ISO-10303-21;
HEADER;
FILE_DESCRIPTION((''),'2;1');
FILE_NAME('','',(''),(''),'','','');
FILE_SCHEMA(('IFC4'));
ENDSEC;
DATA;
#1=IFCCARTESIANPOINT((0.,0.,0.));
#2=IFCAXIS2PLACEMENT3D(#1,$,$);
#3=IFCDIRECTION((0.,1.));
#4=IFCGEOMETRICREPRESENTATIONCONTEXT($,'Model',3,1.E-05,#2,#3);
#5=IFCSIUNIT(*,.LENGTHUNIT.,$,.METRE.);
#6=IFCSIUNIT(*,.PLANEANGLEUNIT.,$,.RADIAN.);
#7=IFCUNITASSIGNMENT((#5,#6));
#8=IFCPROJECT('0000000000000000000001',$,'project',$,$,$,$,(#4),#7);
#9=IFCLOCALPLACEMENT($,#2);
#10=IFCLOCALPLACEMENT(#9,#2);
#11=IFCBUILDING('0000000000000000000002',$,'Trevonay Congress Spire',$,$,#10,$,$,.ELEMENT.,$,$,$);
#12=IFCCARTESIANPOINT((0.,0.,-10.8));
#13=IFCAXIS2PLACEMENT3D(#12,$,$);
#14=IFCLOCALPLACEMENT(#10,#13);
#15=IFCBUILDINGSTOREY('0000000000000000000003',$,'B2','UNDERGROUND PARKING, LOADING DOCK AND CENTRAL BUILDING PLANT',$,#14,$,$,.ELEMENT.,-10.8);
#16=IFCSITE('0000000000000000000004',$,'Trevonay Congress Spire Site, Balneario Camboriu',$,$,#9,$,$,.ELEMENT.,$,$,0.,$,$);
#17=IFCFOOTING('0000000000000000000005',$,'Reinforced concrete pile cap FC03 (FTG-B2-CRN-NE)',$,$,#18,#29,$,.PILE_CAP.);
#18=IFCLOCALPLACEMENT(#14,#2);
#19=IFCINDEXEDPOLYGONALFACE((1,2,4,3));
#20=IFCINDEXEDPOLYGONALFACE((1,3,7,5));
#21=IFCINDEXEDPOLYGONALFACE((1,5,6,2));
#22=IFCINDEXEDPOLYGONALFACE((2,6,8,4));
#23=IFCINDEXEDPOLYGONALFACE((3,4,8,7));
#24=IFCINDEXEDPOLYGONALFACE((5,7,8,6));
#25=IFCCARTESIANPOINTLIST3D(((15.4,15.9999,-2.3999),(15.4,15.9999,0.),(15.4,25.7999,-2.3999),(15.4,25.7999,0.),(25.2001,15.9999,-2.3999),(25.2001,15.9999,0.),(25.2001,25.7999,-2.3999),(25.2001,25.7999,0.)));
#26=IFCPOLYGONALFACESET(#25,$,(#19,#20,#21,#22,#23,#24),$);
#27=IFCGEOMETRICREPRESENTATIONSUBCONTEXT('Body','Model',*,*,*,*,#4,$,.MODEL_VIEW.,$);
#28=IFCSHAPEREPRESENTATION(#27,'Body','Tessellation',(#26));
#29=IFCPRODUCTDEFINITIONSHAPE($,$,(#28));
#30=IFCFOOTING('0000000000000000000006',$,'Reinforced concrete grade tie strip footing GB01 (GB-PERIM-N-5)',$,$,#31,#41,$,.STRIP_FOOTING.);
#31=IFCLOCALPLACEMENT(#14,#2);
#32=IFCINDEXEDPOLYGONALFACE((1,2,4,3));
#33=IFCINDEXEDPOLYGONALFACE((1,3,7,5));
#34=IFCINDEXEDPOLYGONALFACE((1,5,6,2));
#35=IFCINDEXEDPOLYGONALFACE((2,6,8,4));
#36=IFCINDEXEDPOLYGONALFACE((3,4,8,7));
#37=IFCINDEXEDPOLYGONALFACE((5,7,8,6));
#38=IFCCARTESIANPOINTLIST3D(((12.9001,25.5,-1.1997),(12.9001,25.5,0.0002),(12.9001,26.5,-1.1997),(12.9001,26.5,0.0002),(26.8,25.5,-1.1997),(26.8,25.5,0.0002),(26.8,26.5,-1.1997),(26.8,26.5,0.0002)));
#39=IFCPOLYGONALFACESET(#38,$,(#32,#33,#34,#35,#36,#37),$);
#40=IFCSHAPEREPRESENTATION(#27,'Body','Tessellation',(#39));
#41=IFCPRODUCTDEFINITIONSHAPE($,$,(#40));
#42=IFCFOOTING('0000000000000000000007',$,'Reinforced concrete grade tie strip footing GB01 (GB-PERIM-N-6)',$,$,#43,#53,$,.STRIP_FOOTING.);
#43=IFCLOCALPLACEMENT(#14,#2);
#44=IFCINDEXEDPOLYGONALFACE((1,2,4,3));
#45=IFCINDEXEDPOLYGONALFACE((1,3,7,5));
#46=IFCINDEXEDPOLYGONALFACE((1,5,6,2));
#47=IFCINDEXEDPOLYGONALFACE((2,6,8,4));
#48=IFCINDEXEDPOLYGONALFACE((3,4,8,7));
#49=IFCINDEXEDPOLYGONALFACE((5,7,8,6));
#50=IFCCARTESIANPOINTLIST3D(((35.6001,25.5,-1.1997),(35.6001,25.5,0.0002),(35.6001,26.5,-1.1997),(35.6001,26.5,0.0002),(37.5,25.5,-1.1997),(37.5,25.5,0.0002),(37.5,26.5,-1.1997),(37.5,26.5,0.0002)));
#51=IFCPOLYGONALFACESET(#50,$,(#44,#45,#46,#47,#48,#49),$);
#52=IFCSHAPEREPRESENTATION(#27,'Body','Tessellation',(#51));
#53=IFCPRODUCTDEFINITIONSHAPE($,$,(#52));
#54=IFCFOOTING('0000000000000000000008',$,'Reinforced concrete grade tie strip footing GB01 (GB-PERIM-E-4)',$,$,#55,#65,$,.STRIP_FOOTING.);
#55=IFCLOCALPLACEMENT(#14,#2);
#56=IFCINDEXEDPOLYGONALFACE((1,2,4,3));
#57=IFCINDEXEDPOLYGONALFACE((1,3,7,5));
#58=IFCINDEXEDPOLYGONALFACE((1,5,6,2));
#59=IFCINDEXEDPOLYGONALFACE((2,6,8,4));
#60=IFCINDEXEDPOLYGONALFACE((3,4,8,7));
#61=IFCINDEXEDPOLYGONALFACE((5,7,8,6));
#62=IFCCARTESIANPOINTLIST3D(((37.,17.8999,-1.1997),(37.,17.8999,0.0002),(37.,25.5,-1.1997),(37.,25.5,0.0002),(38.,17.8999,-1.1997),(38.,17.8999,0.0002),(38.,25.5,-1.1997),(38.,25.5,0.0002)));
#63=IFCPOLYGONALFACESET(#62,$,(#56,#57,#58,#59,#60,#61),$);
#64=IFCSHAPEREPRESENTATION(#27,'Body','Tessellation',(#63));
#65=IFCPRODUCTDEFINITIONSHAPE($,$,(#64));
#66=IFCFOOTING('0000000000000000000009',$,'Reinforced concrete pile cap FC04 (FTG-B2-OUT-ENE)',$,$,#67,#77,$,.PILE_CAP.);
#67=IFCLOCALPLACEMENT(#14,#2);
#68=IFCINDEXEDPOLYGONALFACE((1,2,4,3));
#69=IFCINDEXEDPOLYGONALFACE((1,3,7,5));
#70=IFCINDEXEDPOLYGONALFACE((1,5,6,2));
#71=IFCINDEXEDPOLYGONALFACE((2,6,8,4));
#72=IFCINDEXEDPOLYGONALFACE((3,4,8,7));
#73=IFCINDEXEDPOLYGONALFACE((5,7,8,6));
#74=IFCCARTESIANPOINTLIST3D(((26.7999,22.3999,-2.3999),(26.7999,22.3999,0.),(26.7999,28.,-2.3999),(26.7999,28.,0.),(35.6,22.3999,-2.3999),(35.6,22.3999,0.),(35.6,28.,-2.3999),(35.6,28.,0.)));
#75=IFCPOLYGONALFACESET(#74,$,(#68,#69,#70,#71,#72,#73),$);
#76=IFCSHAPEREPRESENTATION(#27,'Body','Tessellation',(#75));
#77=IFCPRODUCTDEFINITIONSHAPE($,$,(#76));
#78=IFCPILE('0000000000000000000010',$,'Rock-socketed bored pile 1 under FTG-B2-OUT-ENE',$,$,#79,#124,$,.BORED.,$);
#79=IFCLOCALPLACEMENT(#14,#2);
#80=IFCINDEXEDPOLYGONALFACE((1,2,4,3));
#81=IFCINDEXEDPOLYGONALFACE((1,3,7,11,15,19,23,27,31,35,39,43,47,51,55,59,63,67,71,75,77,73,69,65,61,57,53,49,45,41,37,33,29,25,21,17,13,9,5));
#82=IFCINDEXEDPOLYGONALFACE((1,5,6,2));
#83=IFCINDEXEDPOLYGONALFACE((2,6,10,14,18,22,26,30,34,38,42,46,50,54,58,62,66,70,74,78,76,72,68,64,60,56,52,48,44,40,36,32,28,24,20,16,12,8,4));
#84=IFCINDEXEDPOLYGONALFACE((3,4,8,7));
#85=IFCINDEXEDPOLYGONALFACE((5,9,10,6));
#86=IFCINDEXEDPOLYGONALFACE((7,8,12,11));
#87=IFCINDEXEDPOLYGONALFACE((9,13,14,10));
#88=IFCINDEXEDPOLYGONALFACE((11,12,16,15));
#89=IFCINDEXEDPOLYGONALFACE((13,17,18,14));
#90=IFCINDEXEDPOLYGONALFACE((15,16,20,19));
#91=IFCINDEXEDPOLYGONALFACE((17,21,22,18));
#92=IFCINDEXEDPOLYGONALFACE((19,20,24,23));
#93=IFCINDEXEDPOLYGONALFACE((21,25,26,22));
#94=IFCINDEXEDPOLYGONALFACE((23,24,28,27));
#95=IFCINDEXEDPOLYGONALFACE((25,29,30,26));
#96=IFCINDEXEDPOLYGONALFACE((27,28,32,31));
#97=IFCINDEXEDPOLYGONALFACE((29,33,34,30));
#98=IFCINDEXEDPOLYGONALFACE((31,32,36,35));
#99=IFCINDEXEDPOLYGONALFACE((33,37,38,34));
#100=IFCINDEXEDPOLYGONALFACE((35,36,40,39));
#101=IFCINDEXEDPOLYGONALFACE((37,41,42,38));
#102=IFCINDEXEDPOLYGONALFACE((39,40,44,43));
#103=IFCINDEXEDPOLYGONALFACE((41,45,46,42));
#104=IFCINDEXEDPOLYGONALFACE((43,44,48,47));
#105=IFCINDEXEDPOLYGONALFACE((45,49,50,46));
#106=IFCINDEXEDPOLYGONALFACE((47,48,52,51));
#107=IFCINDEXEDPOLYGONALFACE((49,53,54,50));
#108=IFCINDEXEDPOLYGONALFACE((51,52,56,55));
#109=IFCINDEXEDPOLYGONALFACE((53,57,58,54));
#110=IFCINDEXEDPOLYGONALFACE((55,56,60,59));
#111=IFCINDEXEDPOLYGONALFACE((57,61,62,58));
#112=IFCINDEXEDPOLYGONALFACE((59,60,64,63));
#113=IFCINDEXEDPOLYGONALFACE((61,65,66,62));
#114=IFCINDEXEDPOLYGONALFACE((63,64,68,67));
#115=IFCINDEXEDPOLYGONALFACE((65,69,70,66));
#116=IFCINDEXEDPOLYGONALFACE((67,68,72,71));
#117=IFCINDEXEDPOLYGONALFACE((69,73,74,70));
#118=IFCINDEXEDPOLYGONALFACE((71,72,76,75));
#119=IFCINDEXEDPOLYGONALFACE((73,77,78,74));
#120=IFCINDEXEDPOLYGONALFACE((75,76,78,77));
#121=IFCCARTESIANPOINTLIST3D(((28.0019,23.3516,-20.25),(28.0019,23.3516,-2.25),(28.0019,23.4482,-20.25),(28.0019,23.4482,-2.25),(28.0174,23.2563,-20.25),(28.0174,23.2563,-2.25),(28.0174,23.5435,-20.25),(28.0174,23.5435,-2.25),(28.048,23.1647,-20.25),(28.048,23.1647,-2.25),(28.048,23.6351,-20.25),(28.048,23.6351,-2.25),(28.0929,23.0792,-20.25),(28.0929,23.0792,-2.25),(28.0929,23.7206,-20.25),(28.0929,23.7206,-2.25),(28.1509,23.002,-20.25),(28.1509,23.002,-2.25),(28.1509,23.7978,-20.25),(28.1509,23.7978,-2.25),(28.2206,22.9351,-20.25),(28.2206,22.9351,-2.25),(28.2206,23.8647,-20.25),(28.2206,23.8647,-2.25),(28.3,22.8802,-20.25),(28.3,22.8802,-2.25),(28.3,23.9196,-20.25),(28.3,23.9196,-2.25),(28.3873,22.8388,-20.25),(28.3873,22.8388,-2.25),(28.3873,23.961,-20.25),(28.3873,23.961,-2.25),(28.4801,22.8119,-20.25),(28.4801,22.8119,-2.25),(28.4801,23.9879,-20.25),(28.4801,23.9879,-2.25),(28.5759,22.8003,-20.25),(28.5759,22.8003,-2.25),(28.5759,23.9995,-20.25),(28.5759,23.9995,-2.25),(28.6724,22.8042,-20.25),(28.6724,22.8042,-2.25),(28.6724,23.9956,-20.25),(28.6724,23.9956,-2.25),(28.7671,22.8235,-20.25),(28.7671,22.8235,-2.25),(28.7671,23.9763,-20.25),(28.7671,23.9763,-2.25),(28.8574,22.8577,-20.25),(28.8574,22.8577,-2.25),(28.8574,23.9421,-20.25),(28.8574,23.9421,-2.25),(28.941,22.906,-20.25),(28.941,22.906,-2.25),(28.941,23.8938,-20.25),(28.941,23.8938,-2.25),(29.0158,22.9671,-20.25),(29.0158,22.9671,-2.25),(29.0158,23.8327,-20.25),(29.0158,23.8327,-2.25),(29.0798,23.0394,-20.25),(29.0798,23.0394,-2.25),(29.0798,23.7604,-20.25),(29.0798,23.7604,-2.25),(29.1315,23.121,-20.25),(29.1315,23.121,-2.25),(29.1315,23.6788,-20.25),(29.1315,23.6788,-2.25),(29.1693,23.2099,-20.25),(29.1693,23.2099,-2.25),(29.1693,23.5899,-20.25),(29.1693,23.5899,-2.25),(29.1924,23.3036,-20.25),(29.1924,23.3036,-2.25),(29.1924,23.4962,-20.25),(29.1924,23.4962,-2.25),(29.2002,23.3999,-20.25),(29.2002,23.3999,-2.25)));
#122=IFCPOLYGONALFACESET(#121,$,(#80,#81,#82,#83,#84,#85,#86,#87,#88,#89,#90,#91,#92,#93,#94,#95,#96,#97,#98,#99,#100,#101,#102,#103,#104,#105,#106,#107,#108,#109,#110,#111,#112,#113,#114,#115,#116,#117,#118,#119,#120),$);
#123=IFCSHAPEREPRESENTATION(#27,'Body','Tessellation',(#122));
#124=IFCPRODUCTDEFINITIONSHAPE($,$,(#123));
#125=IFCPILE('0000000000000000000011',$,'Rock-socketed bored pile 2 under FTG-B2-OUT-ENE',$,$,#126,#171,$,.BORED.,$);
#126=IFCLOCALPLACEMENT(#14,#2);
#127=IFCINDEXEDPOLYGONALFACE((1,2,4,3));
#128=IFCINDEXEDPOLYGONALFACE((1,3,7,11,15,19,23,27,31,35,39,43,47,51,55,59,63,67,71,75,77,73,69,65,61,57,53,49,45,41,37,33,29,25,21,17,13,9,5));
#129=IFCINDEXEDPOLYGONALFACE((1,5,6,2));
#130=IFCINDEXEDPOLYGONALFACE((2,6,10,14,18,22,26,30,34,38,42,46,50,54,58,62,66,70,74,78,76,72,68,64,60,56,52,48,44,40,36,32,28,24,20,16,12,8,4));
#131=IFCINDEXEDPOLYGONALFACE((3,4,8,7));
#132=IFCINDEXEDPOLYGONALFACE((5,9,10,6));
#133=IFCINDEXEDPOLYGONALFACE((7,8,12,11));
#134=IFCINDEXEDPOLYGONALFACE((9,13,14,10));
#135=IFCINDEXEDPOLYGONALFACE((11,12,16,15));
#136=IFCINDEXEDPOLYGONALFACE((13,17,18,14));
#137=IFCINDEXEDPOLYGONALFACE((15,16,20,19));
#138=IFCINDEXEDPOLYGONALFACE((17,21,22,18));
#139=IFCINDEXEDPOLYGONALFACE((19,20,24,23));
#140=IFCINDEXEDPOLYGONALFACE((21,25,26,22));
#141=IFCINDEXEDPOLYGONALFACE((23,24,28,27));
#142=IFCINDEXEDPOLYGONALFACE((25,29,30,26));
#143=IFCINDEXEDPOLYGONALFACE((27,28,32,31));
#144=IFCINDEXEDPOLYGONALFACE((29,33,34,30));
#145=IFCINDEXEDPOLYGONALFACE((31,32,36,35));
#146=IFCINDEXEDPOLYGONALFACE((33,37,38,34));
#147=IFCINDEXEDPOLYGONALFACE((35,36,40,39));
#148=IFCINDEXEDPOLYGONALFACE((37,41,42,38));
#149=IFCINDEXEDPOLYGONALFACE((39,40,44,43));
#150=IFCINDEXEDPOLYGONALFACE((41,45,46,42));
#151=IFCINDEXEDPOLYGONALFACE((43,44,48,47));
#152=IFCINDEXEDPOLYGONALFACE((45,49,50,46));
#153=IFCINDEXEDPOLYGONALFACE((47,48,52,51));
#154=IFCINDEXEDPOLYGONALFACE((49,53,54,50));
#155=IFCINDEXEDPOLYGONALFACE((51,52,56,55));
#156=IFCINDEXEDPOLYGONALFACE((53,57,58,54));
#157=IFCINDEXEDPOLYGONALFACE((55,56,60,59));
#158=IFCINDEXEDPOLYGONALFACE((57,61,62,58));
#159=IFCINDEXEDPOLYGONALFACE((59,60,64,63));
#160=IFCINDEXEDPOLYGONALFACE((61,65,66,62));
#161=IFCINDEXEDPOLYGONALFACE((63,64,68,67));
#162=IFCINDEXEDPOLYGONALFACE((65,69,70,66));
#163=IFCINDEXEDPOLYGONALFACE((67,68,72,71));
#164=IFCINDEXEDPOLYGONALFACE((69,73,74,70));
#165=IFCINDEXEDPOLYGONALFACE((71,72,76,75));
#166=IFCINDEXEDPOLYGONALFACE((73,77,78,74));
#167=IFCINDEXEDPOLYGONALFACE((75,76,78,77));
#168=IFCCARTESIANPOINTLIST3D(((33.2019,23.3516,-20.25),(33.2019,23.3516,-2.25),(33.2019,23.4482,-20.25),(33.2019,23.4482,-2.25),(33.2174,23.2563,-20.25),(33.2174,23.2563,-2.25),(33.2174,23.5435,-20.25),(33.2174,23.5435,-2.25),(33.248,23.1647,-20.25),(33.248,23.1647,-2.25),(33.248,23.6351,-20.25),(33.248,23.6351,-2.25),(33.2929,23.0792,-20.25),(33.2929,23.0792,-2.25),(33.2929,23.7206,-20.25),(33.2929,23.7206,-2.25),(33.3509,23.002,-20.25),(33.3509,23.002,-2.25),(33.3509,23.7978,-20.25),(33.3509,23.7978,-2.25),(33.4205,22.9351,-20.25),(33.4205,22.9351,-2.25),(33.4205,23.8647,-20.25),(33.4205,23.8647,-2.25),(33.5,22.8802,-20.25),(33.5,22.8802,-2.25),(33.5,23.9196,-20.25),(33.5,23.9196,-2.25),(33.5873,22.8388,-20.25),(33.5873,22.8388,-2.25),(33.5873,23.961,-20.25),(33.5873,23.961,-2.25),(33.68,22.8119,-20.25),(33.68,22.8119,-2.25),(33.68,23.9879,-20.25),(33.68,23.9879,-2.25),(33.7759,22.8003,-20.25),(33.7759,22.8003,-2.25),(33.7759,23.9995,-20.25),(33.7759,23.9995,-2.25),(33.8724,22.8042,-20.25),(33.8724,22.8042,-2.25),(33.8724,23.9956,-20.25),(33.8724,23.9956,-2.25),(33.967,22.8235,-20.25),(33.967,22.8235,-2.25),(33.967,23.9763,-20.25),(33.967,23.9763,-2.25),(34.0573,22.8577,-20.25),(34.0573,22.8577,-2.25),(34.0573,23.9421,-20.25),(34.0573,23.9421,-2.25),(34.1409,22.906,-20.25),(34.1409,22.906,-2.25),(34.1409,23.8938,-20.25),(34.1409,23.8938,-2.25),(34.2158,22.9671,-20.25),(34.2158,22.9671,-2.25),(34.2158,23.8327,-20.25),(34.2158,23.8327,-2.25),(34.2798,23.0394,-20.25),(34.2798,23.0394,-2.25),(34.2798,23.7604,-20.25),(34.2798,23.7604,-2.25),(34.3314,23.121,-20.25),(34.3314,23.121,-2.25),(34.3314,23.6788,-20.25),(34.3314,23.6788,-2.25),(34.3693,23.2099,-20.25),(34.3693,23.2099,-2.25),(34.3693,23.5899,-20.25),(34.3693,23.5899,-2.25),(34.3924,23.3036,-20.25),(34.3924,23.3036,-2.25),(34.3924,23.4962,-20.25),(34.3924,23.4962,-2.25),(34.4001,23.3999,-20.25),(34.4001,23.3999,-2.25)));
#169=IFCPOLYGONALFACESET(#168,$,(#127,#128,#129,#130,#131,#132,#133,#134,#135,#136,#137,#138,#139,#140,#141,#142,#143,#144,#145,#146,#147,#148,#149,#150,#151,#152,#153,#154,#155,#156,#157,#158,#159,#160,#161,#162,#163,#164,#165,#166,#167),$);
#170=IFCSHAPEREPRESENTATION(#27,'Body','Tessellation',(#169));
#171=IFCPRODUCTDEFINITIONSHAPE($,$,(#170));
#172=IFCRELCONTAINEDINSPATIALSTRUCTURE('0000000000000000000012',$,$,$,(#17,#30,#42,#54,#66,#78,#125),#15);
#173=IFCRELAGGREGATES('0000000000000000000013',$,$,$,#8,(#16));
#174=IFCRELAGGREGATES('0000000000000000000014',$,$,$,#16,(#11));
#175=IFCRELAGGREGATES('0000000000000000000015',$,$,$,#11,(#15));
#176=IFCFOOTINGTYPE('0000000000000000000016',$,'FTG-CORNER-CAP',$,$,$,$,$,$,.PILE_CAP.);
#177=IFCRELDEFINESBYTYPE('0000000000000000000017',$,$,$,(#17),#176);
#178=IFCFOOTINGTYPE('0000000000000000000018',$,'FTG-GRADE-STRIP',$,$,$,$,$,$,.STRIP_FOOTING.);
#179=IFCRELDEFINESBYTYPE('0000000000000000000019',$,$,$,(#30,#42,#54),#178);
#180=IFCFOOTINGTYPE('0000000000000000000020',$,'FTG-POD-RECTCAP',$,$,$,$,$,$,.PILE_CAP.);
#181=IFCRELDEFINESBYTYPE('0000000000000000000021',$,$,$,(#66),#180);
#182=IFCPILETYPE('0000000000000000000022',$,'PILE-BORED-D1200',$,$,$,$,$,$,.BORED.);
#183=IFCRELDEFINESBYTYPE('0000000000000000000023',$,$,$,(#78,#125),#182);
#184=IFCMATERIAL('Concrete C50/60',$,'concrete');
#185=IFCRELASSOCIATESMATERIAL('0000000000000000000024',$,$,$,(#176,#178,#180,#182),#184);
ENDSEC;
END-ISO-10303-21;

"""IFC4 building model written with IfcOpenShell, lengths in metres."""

from ifc_helpers import new_model, si_unit, direction, frame, origin, origin_2d, place, context, subcontext, project, spatial, rectangle, circle, extrude, material, material_profile, profile_set, type_object, element, save


model = new_model("IFC4")

# Units and contexts
model_context = context("Model", 3, precision=1e-05, world=origin(), true_north=direction((0.0, 1.0)))
body_context = subcontext(model_context, "Body", "Model", "MODEL_VIEW")
ifc_project = project(units=[si_unit("LENGTHUNIT", "METRE"), si_unit("PLANEANGLEUNIT", "RADIAN")], contexts=[model_context])

# Site, building, storey
site_placement = place(None, origin())
site = spatial("IfcSite", under=ifc_project, at=site_placement, Name="Trevonay Congress Spire Site, Balneario Camboriu", CompositionType="ELEMENT", RefElevation=0.0)
building_placement = place(site_placement, origin())
building = spatial("IfcBuilding", under=site, at=building_placement, Name="Trevonay Congress Spire", CompositionType="ELEMENT")
storey_placement = place(building_placement, frame((0.0, 0.0, -10.8)))
storey = spatial("IfcBuildingStorey", under=building, at=storey_placement, Name="B2", Description="UNDERGROUND PARKING, LOADING DOCK AND CENTRAL BUILDING PLANT", CompositionType="ELEMENT", Elevation=-10.8)

# Footings
ifc_material_1 = material(Name="Concrete C50/60", Category="concrete")
footing_type_1 = type_object("IfcFootingType", Name="FTG-CORNER-CAP", PredefinedType="PILE_CAP", material=ifc_material_1)
footing_1_placement = place(storey_placement, frame((20.3, 20.8999, -2.3999), z_axis=(0.0, 0.0, 1.0), x_axis=(1.0, 0.0, 0.0)))
element("IfcFooting", 1, at=footing_1_placement, inside=storey, type_object=footing_type_1, Name="Reinforced concrete pile cap FC03 (FTG-B2-CRN-NE)", PredefinedType="PILE_CAP", context=body_context, shape_type="SweptSolid", body=[
    extrude(rectangle(XDim=9.8, YDim=9.8, at=origin_2d()), origin(), (0.0, 0.0, 1.0), 2.3999),
])
footing_type_2 = type_object("IfcFootingType", Name="FTG-GRADE-STRIP", PredefinedType="STRIP_FOOTING", material=ifc_material_1)
footing_2_placement = place(storey_placement, frame((19.8501, 26.0, -1.1997), z_axis=(0.0, 0.0, 1.0), x_axis=(1.0, 0.0, 0.0)))
element("IfcFooting", 2, at=footing_2_placement, inside=storey, type_object=footing_type_2, Name="Reinforced concrete grade tie strip footing GB01 (GB-PERIM-N-5)", PredefinedType="STRIP_FOOTING", context=body_context, shape_type="SweptSolid", body=[
    extrude(rectangle(XDim=13.8999, YDim=1.0, at=origin_2d()), origin(), (0.0, 0.0, 1.0), 1.2),
])
footing_3_placement = place(storey_placement, frame((36.55, 26.0, -1.1997), z_axis=(0.0, 0.0, 1.0), x_axis=(1.0, 0.0, 0.0)))
element("IfcFooting", 3, at=footing_3_placement, inside=storey, type_object=footing_type_2, Name="Reinforced concrete grade tie strip footing GB01 (GB-PERIM-N-6)", PredefinedType="STRIP_FOOTING", context=body_context, shape_type="SweptSolid", body=[
    extrude(rectangle(XDim=1.8999, YDim=1.0, at=origin_2d()), origin(), (0.0, 0.0, 1.0), 1.2),
])
footing_4_placement = place(storey_placement, frame((37.5, 21.7, -1.1997), z_axis=(0.0, 0.0, 1.0), x_axis=(0.0, 1.0, 0.0)))
element("IfcFooting", 4, at=footing_4_placement, inside=storey, type_object=footing_type_2, Name="Reinforced concrete grade tie strip footing GB01 (GB-PERIM-E-4)", PredefinedType="STRIP_FOOTING", context=body_context, shape_type="SweptSolid", body=[
    extrude(rectangle(XDim=7.6001, YDim=1.0, at=origin_2d()), origin(), (0.0, 0.0, 1.0), 1.2),
])
footing_type_3 = type_object("IfcFootingType", Name="FTG-POD-RECTCAP", PredefinedType="PILE_CAP", material=ifc_material_1)
footing_5_placement = place(storey_placement, frame((31.2, 25.2, -2.3999), z_axis=(0.0, 0.0, 1.0), x_axis=(1.0, 0.0, 0.0)))
element("IfcFooting", 5, at=footing_5_placement, inside=storey, type_object=footing_type_3, Name="Reinforced concrete pile cap FC04 (FTG-B2-OUT-ENE)", PredefinedType="PILE_CAP", context=body_context, shape_type="SweptSolid", body=[
    extrude(rectangle(XDim=8.8, YDim=5.6001, at=origin_2d()), origin(), (0.0, 0.0, 1.0), 2.3999),
])

# Piles
ifc_material_profile_1 = material_profile(ifc_material_1, circle(Radius=0.6001, at=origin_2d()), Name="PILE D1200")
ifc_profile_set_1 = profile_set([ifc_material_profile_1], Name="Concrete C50/60")
pile_type_1 = type_object("IfcPileType", Name="PILE-BORED-D1200", PredefinedType="BORED", material=ifc_profile_set_1)
for number, where, z_axis, x_axis, name in (
    (6, (28.6001, 23.3999, -2.25), (0.0, 0.0, -1.0), (1.0, 0.0, 0.0), "Rock-socketed bored pile 1 under FTG-B2-OUT-ENE"),
    (7, (33.8, 23.3999, -2.25), (0.0, 0.0, -1.0), (1.0, 0.0, 0.0), "Rock-socketed bored pile 2 under FTG-B2-OUT-ENE"),
):
    element("IfcPile", number, at=place(storey_placement, frame(where, z_axis=z_axis, x_axis=x_axis)), inside=storey, type_object=pile_type_1, Name=name, PredefinedType="BORED", context=body_context, shape_type="SweptSolid", body=[
        extrude(circle(Radius=0.6001, at=origin_2d()), origin(), (0.0, 0.0, 1.0), 18.0),
    ])

save(model, "model.ifc")
